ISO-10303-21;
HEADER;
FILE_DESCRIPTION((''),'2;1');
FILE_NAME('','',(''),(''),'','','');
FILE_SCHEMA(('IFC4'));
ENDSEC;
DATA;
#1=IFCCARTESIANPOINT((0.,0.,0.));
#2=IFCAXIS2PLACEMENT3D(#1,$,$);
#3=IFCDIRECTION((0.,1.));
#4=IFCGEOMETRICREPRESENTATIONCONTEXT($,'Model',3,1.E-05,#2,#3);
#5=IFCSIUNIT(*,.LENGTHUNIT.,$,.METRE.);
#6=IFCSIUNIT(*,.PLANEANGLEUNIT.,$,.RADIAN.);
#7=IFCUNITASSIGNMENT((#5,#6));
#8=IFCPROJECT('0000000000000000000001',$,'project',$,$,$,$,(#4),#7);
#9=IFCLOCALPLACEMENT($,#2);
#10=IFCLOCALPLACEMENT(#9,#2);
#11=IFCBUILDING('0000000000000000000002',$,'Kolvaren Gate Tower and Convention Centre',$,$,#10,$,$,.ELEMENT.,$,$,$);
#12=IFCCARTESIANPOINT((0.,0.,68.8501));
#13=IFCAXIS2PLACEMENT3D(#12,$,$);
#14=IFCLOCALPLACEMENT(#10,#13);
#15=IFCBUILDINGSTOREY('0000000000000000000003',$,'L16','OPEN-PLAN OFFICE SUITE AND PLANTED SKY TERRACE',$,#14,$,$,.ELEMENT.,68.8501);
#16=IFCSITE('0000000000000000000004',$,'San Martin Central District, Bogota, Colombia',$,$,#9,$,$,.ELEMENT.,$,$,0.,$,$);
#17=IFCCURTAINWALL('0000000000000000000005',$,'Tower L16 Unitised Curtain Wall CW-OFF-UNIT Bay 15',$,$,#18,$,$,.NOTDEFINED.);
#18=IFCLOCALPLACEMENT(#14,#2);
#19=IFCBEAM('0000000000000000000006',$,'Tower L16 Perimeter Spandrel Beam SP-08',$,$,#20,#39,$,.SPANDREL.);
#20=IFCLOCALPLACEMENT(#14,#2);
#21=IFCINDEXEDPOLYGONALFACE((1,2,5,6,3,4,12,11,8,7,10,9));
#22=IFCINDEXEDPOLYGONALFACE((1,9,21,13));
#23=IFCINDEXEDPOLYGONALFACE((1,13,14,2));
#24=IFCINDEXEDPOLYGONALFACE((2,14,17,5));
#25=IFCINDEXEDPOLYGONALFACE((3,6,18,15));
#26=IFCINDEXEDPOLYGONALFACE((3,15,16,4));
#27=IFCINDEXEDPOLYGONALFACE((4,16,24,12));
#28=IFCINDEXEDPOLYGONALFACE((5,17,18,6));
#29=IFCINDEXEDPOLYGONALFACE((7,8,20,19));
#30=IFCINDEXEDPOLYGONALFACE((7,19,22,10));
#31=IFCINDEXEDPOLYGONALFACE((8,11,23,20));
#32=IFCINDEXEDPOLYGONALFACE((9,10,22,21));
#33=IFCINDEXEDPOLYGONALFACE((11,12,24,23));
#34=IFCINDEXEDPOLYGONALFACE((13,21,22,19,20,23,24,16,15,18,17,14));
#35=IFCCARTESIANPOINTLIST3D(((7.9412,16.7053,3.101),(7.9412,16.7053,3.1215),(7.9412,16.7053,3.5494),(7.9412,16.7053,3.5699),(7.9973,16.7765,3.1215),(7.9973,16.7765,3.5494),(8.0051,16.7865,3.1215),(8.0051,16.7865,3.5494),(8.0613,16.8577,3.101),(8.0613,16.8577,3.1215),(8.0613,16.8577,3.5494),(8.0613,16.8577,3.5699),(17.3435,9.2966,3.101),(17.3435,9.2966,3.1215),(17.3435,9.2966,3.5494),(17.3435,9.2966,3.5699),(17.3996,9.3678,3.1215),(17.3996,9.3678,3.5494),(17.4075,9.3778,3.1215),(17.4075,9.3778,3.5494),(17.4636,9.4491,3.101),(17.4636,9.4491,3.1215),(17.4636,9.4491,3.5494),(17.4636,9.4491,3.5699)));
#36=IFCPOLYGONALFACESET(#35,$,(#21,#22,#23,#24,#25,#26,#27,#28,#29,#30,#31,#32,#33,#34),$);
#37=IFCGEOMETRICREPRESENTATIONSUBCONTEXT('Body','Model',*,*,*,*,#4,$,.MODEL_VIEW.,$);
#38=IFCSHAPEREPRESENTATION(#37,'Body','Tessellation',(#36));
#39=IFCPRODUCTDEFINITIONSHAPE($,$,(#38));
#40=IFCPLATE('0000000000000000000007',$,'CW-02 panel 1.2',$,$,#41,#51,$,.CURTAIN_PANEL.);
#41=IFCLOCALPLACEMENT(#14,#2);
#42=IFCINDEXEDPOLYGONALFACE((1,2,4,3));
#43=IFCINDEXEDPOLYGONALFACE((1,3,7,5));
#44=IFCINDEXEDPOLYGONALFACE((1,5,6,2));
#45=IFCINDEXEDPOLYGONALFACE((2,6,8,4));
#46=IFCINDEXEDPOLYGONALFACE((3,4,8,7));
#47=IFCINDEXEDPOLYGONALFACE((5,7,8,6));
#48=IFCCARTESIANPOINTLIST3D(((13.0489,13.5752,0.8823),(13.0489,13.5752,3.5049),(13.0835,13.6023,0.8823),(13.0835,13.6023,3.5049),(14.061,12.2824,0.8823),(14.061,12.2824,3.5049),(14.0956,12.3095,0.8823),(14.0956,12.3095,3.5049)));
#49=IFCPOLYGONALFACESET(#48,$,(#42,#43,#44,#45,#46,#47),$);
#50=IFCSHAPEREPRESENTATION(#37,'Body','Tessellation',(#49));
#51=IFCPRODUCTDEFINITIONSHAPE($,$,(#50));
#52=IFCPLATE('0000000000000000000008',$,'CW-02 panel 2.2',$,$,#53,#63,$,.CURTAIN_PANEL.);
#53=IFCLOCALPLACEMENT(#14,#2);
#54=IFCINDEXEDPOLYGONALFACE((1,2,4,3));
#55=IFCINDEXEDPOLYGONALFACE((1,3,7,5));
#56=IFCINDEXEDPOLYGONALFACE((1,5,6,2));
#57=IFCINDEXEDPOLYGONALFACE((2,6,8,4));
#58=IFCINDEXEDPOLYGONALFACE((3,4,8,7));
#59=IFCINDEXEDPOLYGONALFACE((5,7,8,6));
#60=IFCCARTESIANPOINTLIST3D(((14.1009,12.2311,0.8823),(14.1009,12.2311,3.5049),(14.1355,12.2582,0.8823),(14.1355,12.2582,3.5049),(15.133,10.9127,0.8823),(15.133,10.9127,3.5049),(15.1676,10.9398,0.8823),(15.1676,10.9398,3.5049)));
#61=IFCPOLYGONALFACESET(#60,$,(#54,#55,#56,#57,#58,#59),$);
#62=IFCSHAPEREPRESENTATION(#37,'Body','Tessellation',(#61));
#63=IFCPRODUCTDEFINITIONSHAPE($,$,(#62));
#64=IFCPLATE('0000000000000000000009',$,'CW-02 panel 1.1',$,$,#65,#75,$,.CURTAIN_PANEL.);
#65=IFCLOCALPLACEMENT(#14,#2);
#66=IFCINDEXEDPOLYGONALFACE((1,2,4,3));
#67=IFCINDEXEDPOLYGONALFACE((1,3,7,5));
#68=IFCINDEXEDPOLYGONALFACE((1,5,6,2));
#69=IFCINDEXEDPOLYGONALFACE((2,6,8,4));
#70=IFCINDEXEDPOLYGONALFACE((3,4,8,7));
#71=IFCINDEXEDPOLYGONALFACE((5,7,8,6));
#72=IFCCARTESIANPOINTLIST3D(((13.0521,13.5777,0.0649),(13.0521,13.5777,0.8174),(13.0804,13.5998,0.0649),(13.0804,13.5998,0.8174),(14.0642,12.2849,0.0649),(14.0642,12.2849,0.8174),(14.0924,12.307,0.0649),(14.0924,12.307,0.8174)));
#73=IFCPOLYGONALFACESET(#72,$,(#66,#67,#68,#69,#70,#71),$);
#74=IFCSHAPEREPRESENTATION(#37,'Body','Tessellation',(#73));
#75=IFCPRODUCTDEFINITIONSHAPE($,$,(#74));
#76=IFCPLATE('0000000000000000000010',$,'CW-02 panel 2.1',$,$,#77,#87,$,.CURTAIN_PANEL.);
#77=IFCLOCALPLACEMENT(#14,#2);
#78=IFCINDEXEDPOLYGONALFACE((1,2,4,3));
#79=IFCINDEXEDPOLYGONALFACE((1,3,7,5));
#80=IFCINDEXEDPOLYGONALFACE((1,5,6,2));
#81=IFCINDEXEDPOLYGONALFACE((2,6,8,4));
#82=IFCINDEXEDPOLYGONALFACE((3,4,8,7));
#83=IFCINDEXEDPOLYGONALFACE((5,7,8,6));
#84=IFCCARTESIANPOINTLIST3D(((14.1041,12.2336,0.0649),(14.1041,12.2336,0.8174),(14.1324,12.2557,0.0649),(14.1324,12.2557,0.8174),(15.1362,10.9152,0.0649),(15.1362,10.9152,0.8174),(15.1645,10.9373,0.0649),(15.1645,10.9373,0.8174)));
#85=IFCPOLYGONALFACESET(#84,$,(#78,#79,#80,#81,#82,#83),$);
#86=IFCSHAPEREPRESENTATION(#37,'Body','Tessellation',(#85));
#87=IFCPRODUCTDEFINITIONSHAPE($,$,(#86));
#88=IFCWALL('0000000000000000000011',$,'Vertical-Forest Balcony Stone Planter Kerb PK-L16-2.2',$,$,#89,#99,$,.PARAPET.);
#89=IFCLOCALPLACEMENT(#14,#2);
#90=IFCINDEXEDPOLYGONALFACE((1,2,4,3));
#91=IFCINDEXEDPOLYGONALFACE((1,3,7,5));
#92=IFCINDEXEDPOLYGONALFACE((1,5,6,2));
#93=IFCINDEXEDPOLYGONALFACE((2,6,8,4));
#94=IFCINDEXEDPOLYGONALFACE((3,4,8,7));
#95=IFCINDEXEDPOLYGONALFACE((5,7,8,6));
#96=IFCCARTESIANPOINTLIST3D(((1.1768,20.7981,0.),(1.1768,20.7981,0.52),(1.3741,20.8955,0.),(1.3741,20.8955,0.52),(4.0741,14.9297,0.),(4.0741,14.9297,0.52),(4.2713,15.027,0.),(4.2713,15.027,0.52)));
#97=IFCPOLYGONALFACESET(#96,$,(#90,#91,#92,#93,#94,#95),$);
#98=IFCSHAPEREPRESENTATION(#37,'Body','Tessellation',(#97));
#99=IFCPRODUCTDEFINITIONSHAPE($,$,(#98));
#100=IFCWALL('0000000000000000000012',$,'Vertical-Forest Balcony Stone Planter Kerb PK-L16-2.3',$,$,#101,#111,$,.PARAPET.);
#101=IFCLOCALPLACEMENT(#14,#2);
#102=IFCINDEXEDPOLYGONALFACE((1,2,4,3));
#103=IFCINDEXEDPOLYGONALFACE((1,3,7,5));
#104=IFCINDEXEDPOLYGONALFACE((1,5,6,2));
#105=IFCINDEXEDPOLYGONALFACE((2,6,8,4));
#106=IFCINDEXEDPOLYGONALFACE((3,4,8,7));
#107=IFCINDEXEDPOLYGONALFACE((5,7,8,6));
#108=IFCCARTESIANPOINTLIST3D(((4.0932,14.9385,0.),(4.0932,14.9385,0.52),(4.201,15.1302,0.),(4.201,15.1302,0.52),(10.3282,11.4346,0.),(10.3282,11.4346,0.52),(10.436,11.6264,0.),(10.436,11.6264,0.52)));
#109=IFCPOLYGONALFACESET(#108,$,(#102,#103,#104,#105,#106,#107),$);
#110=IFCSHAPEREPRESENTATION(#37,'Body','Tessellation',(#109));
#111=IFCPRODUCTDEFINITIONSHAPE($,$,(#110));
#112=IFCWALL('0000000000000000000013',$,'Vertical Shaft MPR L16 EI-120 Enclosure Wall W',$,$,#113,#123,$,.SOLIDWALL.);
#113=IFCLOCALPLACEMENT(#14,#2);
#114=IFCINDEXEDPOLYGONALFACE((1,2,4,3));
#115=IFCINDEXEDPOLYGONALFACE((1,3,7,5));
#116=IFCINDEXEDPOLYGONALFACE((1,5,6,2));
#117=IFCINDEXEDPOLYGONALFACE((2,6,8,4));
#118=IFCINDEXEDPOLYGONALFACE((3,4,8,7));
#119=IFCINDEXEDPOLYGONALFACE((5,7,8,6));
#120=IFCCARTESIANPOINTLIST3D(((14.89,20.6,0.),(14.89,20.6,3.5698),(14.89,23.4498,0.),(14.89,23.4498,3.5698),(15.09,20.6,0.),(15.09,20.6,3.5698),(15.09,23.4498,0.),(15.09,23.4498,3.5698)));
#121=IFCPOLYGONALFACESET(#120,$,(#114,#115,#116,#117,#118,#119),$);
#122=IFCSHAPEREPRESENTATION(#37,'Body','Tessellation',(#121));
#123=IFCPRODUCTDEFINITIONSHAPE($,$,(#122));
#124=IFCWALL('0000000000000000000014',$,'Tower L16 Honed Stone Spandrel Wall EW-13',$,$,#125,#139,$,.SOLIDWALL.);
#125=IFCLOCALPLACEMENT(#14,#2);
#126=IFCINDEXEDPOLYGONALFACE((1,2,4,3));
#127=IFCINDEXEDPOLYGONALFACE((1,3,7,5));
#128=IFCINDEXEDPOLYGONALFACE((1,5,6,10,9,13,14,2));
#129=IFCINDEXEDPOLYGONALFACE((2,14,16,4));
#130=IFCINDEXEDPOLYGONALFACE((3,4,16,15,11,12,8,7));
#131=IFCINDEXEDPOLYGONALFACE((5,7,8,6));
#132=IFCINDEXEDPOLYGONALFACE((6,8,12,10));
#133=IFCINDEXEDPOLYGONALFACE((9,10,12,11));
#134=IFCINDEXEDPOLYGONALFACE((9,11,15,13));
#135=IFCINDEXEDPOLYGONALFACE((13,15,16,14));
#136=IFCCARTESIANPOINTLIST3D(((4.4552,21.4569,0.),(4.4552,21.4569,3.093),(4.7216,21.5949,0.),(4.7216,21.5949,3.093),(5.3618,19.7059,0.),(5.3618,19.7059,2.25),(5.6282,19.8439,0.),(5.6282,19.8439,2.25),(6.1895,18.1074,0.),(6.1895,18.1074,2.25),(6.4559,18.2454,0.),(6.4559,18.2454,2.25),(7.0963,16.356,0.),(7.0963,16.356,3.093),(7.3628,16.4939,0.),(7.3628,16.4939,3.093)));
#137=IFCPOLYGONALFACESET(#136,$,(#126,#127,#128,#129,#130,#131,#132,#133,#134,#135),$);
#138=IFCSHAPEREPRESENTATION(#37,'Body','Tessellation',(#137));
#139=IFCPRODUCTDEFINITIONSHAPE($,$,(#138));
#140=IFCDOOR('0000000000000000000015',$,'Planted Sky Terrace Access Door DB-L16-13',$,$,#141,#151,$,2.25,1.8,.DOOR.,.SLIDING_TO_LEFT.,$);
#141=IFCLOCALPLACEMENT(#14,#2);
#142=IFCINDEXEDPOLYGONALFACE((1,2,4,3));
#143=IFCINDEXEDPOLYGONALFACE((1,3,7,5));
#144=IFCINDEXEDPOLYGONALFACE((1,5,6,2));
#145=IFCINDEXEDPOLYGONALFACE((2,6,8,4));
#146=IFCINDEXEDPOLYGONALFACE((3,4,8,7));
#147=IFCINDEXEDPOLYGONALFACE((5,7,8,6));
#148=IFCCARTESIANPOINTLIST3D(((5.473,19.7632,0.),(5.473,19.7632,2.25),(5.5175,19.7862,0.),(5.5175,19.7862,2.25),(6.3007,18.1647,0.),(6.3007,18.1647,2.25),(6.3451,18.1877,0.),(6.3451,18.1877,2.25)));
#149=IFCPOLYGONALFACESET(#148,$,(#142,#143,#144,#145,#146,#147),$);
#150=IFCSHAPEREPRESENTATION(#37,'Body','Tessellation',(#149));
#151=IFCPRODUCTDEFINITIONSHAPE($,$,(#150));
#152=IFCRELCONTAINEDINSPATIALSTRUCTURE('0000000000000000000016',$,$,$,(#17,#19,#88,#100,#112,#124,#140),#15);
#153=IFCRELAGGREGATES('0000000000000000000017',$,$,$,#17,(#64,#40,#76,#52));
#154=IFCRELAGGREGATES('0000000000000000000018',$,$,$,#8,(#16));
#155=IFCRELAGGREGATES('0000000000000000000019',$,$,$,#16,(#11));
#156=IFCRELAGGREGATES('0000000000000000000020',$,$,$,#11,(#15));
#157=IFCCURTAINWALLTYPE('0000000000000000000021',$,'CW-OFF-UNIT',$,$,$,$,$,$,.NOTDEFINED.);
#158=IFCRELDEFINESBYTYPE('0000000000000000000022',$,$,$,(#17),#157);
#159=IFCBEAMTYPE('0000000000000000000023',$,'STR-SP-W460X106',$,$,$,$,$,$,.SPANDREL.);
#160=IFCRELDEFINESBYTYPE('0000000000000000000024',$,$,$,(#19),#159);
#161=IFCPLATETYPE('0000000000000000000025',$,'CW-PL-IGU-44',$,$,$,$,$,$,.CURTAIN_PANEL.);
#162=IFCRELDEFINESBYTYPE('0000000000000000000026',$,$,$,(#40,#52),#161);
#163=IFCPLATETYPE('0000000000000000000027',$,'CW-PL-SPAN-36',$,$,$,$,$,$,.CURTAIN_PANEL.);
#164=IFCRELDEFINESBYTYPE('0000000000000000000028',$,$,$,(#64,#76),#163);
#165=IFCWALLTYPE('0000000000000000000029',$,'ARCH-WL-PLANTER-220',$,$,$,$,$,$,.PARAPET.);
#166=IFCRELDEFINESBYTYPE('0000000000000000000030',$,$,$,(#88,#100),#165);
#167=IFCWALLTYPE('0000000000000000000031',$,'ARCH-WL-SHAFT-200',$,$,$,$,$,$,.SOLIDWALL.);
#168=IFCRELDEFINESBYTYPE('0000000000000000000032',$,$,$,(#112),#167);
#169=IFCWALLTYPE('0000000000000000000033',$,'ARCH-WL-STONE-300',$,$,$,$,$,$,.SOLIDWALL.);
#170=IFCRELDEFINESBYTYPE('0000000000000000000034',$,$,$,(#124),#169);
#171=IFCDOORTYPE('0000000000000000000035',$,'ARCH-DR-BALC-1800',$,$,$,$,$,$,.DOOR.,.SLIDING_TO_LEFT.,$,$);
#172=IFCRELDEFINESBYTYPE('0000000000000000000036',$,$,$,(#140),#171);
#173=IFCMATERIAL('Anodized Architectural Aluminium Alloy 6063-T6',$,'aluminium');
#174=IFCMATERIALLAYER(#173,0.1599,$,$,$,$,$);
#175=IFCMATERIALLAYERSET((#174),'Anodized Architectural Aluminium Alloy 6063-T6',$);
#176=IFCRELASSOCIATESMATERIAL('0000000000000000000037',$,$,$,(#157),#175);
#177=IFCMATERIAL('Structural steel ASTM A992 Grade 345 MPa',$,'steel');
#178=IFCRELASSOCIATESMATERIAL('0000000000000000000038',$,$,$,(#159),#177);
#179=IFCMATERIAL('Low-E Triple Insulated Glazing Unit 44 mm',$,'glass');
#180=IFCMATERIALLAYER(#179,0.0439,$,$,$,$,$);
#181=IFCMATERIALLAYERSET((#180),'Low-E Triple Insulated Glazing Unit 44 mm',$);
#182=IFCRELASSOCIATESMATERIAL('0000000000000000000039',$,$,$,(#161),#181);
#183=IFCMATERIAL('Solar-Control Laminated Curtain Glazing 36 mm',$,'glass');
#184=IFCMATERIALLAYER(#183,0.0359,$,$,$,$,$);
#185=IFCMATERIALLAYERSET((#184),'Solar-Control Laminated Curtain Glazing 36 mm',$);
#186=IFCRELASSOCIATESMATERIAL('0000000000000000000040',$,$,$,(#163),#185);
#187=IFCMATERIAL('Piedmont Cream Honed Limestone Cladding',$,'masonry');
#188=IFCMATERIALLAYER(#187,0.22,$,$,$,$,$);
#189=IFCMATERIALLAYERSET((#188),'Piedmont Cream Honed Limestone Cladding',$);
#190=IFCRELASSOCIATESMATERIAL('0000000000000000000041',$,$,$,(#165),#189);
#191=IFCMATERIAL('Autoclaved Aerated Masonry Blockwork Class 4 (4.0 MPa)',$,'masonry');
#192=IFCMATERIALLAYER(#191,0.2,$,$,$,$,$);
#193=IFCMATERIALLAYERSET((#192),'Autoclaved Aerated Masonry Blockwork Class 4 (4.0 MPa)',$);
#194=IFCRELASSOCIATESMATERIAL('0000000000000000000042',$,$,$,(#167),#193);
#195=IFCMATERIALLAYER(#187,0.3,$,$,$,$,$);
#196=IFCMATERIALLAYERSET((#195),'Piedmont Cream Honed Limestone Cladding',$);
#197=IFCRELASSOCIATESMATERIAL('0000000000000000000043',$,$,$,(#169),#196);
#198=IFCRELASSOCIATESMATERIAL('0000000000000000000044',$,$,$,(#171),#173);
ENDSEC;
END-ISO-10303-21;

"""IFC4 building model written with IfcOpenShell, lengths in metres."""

from ifc_helpers import new_model, si_unit, direction, frame, frame_2d, origin, origin_2d, place, context, subcontext, project, spatial, rectangle, i_section, extrude, material, layer, layer_set, material_profile, profile_set, type_object, element, fill, aggregate, save


model = new_model("IFC4")

# Units and contexts
model_context = context("Model", 3, precision=1e-05, world=origin(), true_north=direction((0.0, 1.0)))
body_context = subcontext(model_context, "Body", "Model", "MODEL_VIEW")
ifc_project = project(units=[si_unit("LENGTHUNIT", "METRE"), si_unit("PLANEANGLEUNIT", "RADIAN")], contexts=[model_context])

# Site, building, storey
site_placement = place(None, origin())
site = spatial("IfcSite", under=ifc_project, at=site_placement, Name="San Martin Central District, Bogota, Colombia", CompositionType="ELEMENT", RefElevation=0.0)
building_placement = place(site_placement, origin())
building = spatial("IfcBuilding", under=site, at=building_placement, Name="Kolvaren Gate Tower and Convention Centre", CompositionType="ELEMENT")
storey_placement = place(building_placement, frame((0.0, 0.0, 68.8501)))
storey = spatial("IfcBuildingStorey", under=building, at=storey_placement, Name="L16", Description="OPEN-PLAN OFFICE SUITE AND PLANTED SKY TERRACE", CompositionType="ELEMENT", Elevation=68.8501)

# Curtain wall
ifc_material_1 = material(Name="Anodized Architectural Aluminium Alloy 6063-T6", Category="aluminium")
ifc_layer_1 = layer(ifc_material_1, 0.1599)
ifc_layer_set_1 = layer_set([ifc_layer_1], Name="Anodized Architectural Aluminium Alloy 6063-T6")
curtain_wall_type = type_object("IfcCurtainWallType", Name="CW-OFF-UNIT", PredefinedType="NOTDEFINED", material=ifc_layer_set_1)
curtain_wall_placement = place(storey_placement, origin())
curtain_wall = element("IfcCurtainWall", 1, at=curtain_wall_placement, inside=storey, type_object=curtain_wall_type, Name="Tower L16 Unitised Curtain Wall CW-OFF-UNIT Bay 15", PredefinedType="NOTDEFINED")

# Beam
ifc_material_2 = material(Name="Structural steel ASTM A992 Grade 345 MPa", Category="steel")
ifc_material_profile_1 = material_profile(ifc_material_2, i_section(OverallWidth=0.1941, OverallDepth=0.469, WebThickness=0.0127, FlangeThickness=0.0205, at=origin_2d()), Name="W460X106")
ifc_profile_set_1 = profile_set([ifc_material_profile_1], Name="Structural steel ASTM A992 Grade 345 MPa")
beam_type_1 = type_object("IfcBeamType", Name="STR-SP-W460X106", PredefinedType="SPANDREL", material=ifc_profile_set_1)
beam_1_placement = place(storey_placement, frame((8.0012, 16.7815, 3.3354), z_axis=(0.78546, -0.618913, 0.0), x_axis=(0.618913, 0.78546, 0.0)))
element("IfcBeam", 2, at=beam_1_placement, inside=storey, type_object=beam_type_1, Name="Tower L16 Perimeter Spandrel Beam SP-08", PredefinedType="SPANDREL", context=body_context, shape_type="SweptSolid", body=[
    extrude(i_section(OverallWidth=0.1941, OverallDepth=0.469, WebThickness=0.0127, FlangeThickness=0.0205, at=origin_2d()), origin(), (0.0, 0.0, 1.0), 11.9705),
])

# Plates
ifc_material_3 = material(Name="Low-E Triple Insulated Glazing Unit 44 mm", Category="glass")
ifc_layer_2 = layer(ifc_material_3, 0.0439)
ifc_layer_set_2 = layer_set([ifc_layer_2], Name="Low-E Triple Insulated Glazing Unit 44 mm")
plate_type_1 = type_object("IfcPlateType", Name="CW-PL-IGU-44", PredefinedType="CURTAIN_PANEL", material=ifc_layer_set_2)
plate_1_placement = place(storey_placement, frame((13.5723, 12.9424, 0.8823), z_axis=(0.0, 0.0, 1.0), x_axis=(0.616427, -0.787412, 0.0)))
plate_1 = element("IfcPlate", 3, at=plate_1_placement, type_object=plate_type_1, Name="CW-02 panel 1.2", PredefinedType="CURTAIN_PANEL", context=body_context, shape_type="SweptSolid", body=[
    extrude(rectangle(XDim=1.6418, YDim=0.0439, at=origin_2d()), origin(), (0.0, 0.0, 1.0), 2.6226),
])
plate_2_placement = place(storey_placement, frame((14.6343, 11.5854, 0.8823), z_axis=(0.0, 0.0, 1.0), x_axis=(0.616427, -0.787412, 0.0)))
plate_2 = element("IfcPlate", 4, at=plate_2_placement, type_object=plate_type_1, Name="CW-02 panel 2.2", PredefinedType="CURTAIN_PANEL", context=body_context, shape_type="SweptSolid", body=[
    extrude(rectangle(XDim=1.6743, YDim=0.0439, at=origin_2d()), origin(), (0.0, 0.0, 1.0), 2.6226),
])
ifc_material_4 = material(Name="Solar-Control Laminated Curtain Glazing 36 mm", Category="glass")
ifc_layer_3 = layer(ifc_material_4, 0.0359)
ifc_layer_set_3 = layer_set([ifc_layer_3], Name="Solar-Control Laminated Curtain Glazing 36 mm")
plate_type_2 = type_object("IfcPlateType", Name="CW-PL-SPAN-36", PredefinedType="CURTAIN_PANEL", material=ifc_layer_set_3)
plate_3_placement = place(storey_placement, frame((13.5723, 12.9424, 0.0649), z_axis=(0.0, 0.0, 1.0), x_axis=(0.616427, -0.787412, 0.0)))
plate_3 = element("IfcPlate", 5, at=plate_3_placement, type_object=plate_type_2, Name="CW-02 panel 1.1", PredefinedType="CURTAIN_PANEL", context=body_context, shape_type="SweptSolid", body=[
    extrude(rectangle(XDim=1.6418, YDim=0.0359, at=origin_2d()), origin(), (0.0, 0.0, 1.0), 0.7524),
])
plate_4_placement = place(storey_placement, frame((14.6343, 11.5854, 0.0649), z_axis=(0.0, 0.0, 1.0), x_axis=(0.616427, -0.787412, 0.0)))
plate_4 = element("IfcPlate", 6, at=plate_4_placement, type_object=plate_type_2, Name="CW-02 panel 2.1", PredefinedType="CURTAIN_PANEL", context=body_context, shape_type="SweptSolid", body=[
    extrude(rectangle(XDim=1.6743, YDim=0.0359, at=origin_2d()), origin(), (0.0, 0.0, 1.0), 0.7524),
])
aggregate(curtain_wall, [plate_3, plate_1, plate_4, plate_2])

# Walls
ifc_material_5 = material(Name="Piedmont Cream Honed Limestone Cladding", Category="masonry")
ifc_layer_4 = layer(ifc_material_5, 0.22)
ifc_layer_set_4 = layer_set([ifc_layer_4], Name="Piedmont Cream Honed Limestone Cladding")
wall_type_1 = type_object("IfcWallType", Name="ARCH-WL-PLANTER-220", PredefinedType="PARAPET", material=ifc_layer_set_4)
wall_1_placement = place(storey_placement, frame((1.2754, 20.8469, 0.0), z_axis=(0.0, 0.0, 1.0), x_axis=(0.442687, -0.896676, 0.0)))
element("IfcWall", 7, at=wall_1_placement, inside=storey, type_object=wall_type_1, Name="Vertical-Forest Balcony Stone Planter Kerb PK-L16-2.2", PredefinedType="PARAPET", context=body_context, shape_type="SweptSolid", body=[
    extrude(rectangle(XDim=6.5447, YDim=0.22, at=frame_2d((3.2725, 0.0))), origin(), (0.0, 0.0, 1.0), 0.52),
])
wall_2_placement = place(storey_placement, frame((4.147, 15.0344, 0.0), z_axis=(0.0, 0.0, 1.0), x_axis=(0.871775, -0.489906, 0.0)))
element("IfcWall", 8, at=wall_2_placement, inside=storey, type_object=wall_type_1, Name="Vertical-Forest Balcony Stone Planter Kerb PK-L16-2.3", PredefinedType="PARAPET", context=body_context, shape_type="SweptSolid", body=[
    extrude(rectangle(XDim=7.1521, YDim=0.22, at=frame_2d((3.5762, 0.0))), origin(), (0.0, 0.0, 1.0), 0.52),
])
ifc_material_6 = material(Name="Autoclaved Aerated Masonry Blockwork Class 4 (4.0 MPa)", Category="masonry")
ifc_layer_5 = layer(ifc_material_6, 0.2)
ifc_layer_set_5 = layer_set([ifc_layer_5], Name="Autoclaved Aerated Masonry Blockwork Class 4 (4.0 MPa)")
wall_type_2 = type_object("IfcWallType", Name="ARCH-WL-SHAFT-200", PredefinedType="SOLIDWALL", material=ifc_layer_set_5)
wall_3_placement = place(storey_placement, frame((14.99, 20.6001, 0.0), z_axis=(0.0, 0.0, 1.0), x_axis=(0.0, 1.0, 0.0)))
element("IfcWall", 9, at=wall_3_placement, inside=storey, type_object=wall_type_2, Name="Vertical Shaft MPR L16 EI-120 Enclosure Wall W", PredefinedType="SOLIDWALL", context=body_context, shape_type="SweptSolid", body=[
    extrude(rectangle(XDim=2.8499, YDim=0.2, at=frame_2d((1.4248, 0.0))), origin(), (0.0, 0.0, 1.0), 3.5698),
])

# Wall, opening, door
ifc_layer_6 = layer(ifc_material_5, 0.3)
ifc_layer_set_6 = layer_set([ifc_layer_6], Name="Piedmont Cream Honed Limestone Cladding")
wall_type_3 = type_object("IfcWallType", Name="ARCH-WL-STONE-300", PredefinedType="SOLIDWALL", material=ifc_layer_set_6)
wall_4_placement = place(storey_placement, frame((4.5884, 21.5259, 0.0), z_axis=(0.0, 0.0, 1.0), x_axis=(0.459801, -0.888022, 0.0)))
wall_4 = element("IfcWall", 10, at=wall_4_placement, inside=storey, type_object=wall_type_3, Name="Tower L16 Honed Stone Spandrel Wall EW-13", PredefinedType="SOLIDWALL", context=body_context, shape_type="SweptSolid", body=[
    extrude(rectangle(XDim=5.7441, YDim=0.3, at=frame_2d((2.8721, 0.0))), origin(), (0.0, 0.0, 1.0), 3.093),
])
opening_1_placement = place(wall_4_placement, frame((1.9719, 0.0, 0.0)))
opening_1 = element("IfcOpeningElement", 11, at=opening_1_placement, cuts=wall_4, PredefinedType="OPENING", context=body_context, shape_type="SweptSolid", body=[
    extrude(rectangle(XDim=1.8, YDim=2.25, at=frame_2d((0.8999, 1.125))), frame((0.0, 0.1599, 0.0), z_axis=(0.0, -1.0, 0.0), x_axis=(1.0, 0.0, 0.0)), (0.0, 0.0, 1.0), 0.3201),
])
door_type = type_object("IfcDoorType", Name="ARCH-DR-BALC-1800", OperationType="SLIDING_TO_LEFT", PredefinedType="DOOR", material=ifc_material_1)
door_placement = place(opening_1_placement, frame((1.8, 0.0, 0.0), z_axis=(0.0, 0.0, 1.0), x_axis=(-1.0, 0.0, 0.0)))
door = element("IfcDoor", 12, at=door_placement, inside=storey, type_object=door_type, Name="Planted Sky Terrace Access Door DB-L16-13", OperationType="SLIDING_TO_LEFT", OverallHeight=2.25, OverallWidth=1.8, PredefinedType="DOOR", context=body_context, shape_type="SweptSolid", body=[
    extrude(rectangle(XDim=1.8, YDim=2.25, at=frame_2d((0.8999, 1.125))), frame((0.0, 0.0249, 0.0), z_axis=(0.0, -1.0, 0.0), x_axis=(1.0, 0.0, 0.0)), (0.0, 0.0, 1.0), 0.05),
])
fill(opening_1, door)

save(model, "model.ifc")
